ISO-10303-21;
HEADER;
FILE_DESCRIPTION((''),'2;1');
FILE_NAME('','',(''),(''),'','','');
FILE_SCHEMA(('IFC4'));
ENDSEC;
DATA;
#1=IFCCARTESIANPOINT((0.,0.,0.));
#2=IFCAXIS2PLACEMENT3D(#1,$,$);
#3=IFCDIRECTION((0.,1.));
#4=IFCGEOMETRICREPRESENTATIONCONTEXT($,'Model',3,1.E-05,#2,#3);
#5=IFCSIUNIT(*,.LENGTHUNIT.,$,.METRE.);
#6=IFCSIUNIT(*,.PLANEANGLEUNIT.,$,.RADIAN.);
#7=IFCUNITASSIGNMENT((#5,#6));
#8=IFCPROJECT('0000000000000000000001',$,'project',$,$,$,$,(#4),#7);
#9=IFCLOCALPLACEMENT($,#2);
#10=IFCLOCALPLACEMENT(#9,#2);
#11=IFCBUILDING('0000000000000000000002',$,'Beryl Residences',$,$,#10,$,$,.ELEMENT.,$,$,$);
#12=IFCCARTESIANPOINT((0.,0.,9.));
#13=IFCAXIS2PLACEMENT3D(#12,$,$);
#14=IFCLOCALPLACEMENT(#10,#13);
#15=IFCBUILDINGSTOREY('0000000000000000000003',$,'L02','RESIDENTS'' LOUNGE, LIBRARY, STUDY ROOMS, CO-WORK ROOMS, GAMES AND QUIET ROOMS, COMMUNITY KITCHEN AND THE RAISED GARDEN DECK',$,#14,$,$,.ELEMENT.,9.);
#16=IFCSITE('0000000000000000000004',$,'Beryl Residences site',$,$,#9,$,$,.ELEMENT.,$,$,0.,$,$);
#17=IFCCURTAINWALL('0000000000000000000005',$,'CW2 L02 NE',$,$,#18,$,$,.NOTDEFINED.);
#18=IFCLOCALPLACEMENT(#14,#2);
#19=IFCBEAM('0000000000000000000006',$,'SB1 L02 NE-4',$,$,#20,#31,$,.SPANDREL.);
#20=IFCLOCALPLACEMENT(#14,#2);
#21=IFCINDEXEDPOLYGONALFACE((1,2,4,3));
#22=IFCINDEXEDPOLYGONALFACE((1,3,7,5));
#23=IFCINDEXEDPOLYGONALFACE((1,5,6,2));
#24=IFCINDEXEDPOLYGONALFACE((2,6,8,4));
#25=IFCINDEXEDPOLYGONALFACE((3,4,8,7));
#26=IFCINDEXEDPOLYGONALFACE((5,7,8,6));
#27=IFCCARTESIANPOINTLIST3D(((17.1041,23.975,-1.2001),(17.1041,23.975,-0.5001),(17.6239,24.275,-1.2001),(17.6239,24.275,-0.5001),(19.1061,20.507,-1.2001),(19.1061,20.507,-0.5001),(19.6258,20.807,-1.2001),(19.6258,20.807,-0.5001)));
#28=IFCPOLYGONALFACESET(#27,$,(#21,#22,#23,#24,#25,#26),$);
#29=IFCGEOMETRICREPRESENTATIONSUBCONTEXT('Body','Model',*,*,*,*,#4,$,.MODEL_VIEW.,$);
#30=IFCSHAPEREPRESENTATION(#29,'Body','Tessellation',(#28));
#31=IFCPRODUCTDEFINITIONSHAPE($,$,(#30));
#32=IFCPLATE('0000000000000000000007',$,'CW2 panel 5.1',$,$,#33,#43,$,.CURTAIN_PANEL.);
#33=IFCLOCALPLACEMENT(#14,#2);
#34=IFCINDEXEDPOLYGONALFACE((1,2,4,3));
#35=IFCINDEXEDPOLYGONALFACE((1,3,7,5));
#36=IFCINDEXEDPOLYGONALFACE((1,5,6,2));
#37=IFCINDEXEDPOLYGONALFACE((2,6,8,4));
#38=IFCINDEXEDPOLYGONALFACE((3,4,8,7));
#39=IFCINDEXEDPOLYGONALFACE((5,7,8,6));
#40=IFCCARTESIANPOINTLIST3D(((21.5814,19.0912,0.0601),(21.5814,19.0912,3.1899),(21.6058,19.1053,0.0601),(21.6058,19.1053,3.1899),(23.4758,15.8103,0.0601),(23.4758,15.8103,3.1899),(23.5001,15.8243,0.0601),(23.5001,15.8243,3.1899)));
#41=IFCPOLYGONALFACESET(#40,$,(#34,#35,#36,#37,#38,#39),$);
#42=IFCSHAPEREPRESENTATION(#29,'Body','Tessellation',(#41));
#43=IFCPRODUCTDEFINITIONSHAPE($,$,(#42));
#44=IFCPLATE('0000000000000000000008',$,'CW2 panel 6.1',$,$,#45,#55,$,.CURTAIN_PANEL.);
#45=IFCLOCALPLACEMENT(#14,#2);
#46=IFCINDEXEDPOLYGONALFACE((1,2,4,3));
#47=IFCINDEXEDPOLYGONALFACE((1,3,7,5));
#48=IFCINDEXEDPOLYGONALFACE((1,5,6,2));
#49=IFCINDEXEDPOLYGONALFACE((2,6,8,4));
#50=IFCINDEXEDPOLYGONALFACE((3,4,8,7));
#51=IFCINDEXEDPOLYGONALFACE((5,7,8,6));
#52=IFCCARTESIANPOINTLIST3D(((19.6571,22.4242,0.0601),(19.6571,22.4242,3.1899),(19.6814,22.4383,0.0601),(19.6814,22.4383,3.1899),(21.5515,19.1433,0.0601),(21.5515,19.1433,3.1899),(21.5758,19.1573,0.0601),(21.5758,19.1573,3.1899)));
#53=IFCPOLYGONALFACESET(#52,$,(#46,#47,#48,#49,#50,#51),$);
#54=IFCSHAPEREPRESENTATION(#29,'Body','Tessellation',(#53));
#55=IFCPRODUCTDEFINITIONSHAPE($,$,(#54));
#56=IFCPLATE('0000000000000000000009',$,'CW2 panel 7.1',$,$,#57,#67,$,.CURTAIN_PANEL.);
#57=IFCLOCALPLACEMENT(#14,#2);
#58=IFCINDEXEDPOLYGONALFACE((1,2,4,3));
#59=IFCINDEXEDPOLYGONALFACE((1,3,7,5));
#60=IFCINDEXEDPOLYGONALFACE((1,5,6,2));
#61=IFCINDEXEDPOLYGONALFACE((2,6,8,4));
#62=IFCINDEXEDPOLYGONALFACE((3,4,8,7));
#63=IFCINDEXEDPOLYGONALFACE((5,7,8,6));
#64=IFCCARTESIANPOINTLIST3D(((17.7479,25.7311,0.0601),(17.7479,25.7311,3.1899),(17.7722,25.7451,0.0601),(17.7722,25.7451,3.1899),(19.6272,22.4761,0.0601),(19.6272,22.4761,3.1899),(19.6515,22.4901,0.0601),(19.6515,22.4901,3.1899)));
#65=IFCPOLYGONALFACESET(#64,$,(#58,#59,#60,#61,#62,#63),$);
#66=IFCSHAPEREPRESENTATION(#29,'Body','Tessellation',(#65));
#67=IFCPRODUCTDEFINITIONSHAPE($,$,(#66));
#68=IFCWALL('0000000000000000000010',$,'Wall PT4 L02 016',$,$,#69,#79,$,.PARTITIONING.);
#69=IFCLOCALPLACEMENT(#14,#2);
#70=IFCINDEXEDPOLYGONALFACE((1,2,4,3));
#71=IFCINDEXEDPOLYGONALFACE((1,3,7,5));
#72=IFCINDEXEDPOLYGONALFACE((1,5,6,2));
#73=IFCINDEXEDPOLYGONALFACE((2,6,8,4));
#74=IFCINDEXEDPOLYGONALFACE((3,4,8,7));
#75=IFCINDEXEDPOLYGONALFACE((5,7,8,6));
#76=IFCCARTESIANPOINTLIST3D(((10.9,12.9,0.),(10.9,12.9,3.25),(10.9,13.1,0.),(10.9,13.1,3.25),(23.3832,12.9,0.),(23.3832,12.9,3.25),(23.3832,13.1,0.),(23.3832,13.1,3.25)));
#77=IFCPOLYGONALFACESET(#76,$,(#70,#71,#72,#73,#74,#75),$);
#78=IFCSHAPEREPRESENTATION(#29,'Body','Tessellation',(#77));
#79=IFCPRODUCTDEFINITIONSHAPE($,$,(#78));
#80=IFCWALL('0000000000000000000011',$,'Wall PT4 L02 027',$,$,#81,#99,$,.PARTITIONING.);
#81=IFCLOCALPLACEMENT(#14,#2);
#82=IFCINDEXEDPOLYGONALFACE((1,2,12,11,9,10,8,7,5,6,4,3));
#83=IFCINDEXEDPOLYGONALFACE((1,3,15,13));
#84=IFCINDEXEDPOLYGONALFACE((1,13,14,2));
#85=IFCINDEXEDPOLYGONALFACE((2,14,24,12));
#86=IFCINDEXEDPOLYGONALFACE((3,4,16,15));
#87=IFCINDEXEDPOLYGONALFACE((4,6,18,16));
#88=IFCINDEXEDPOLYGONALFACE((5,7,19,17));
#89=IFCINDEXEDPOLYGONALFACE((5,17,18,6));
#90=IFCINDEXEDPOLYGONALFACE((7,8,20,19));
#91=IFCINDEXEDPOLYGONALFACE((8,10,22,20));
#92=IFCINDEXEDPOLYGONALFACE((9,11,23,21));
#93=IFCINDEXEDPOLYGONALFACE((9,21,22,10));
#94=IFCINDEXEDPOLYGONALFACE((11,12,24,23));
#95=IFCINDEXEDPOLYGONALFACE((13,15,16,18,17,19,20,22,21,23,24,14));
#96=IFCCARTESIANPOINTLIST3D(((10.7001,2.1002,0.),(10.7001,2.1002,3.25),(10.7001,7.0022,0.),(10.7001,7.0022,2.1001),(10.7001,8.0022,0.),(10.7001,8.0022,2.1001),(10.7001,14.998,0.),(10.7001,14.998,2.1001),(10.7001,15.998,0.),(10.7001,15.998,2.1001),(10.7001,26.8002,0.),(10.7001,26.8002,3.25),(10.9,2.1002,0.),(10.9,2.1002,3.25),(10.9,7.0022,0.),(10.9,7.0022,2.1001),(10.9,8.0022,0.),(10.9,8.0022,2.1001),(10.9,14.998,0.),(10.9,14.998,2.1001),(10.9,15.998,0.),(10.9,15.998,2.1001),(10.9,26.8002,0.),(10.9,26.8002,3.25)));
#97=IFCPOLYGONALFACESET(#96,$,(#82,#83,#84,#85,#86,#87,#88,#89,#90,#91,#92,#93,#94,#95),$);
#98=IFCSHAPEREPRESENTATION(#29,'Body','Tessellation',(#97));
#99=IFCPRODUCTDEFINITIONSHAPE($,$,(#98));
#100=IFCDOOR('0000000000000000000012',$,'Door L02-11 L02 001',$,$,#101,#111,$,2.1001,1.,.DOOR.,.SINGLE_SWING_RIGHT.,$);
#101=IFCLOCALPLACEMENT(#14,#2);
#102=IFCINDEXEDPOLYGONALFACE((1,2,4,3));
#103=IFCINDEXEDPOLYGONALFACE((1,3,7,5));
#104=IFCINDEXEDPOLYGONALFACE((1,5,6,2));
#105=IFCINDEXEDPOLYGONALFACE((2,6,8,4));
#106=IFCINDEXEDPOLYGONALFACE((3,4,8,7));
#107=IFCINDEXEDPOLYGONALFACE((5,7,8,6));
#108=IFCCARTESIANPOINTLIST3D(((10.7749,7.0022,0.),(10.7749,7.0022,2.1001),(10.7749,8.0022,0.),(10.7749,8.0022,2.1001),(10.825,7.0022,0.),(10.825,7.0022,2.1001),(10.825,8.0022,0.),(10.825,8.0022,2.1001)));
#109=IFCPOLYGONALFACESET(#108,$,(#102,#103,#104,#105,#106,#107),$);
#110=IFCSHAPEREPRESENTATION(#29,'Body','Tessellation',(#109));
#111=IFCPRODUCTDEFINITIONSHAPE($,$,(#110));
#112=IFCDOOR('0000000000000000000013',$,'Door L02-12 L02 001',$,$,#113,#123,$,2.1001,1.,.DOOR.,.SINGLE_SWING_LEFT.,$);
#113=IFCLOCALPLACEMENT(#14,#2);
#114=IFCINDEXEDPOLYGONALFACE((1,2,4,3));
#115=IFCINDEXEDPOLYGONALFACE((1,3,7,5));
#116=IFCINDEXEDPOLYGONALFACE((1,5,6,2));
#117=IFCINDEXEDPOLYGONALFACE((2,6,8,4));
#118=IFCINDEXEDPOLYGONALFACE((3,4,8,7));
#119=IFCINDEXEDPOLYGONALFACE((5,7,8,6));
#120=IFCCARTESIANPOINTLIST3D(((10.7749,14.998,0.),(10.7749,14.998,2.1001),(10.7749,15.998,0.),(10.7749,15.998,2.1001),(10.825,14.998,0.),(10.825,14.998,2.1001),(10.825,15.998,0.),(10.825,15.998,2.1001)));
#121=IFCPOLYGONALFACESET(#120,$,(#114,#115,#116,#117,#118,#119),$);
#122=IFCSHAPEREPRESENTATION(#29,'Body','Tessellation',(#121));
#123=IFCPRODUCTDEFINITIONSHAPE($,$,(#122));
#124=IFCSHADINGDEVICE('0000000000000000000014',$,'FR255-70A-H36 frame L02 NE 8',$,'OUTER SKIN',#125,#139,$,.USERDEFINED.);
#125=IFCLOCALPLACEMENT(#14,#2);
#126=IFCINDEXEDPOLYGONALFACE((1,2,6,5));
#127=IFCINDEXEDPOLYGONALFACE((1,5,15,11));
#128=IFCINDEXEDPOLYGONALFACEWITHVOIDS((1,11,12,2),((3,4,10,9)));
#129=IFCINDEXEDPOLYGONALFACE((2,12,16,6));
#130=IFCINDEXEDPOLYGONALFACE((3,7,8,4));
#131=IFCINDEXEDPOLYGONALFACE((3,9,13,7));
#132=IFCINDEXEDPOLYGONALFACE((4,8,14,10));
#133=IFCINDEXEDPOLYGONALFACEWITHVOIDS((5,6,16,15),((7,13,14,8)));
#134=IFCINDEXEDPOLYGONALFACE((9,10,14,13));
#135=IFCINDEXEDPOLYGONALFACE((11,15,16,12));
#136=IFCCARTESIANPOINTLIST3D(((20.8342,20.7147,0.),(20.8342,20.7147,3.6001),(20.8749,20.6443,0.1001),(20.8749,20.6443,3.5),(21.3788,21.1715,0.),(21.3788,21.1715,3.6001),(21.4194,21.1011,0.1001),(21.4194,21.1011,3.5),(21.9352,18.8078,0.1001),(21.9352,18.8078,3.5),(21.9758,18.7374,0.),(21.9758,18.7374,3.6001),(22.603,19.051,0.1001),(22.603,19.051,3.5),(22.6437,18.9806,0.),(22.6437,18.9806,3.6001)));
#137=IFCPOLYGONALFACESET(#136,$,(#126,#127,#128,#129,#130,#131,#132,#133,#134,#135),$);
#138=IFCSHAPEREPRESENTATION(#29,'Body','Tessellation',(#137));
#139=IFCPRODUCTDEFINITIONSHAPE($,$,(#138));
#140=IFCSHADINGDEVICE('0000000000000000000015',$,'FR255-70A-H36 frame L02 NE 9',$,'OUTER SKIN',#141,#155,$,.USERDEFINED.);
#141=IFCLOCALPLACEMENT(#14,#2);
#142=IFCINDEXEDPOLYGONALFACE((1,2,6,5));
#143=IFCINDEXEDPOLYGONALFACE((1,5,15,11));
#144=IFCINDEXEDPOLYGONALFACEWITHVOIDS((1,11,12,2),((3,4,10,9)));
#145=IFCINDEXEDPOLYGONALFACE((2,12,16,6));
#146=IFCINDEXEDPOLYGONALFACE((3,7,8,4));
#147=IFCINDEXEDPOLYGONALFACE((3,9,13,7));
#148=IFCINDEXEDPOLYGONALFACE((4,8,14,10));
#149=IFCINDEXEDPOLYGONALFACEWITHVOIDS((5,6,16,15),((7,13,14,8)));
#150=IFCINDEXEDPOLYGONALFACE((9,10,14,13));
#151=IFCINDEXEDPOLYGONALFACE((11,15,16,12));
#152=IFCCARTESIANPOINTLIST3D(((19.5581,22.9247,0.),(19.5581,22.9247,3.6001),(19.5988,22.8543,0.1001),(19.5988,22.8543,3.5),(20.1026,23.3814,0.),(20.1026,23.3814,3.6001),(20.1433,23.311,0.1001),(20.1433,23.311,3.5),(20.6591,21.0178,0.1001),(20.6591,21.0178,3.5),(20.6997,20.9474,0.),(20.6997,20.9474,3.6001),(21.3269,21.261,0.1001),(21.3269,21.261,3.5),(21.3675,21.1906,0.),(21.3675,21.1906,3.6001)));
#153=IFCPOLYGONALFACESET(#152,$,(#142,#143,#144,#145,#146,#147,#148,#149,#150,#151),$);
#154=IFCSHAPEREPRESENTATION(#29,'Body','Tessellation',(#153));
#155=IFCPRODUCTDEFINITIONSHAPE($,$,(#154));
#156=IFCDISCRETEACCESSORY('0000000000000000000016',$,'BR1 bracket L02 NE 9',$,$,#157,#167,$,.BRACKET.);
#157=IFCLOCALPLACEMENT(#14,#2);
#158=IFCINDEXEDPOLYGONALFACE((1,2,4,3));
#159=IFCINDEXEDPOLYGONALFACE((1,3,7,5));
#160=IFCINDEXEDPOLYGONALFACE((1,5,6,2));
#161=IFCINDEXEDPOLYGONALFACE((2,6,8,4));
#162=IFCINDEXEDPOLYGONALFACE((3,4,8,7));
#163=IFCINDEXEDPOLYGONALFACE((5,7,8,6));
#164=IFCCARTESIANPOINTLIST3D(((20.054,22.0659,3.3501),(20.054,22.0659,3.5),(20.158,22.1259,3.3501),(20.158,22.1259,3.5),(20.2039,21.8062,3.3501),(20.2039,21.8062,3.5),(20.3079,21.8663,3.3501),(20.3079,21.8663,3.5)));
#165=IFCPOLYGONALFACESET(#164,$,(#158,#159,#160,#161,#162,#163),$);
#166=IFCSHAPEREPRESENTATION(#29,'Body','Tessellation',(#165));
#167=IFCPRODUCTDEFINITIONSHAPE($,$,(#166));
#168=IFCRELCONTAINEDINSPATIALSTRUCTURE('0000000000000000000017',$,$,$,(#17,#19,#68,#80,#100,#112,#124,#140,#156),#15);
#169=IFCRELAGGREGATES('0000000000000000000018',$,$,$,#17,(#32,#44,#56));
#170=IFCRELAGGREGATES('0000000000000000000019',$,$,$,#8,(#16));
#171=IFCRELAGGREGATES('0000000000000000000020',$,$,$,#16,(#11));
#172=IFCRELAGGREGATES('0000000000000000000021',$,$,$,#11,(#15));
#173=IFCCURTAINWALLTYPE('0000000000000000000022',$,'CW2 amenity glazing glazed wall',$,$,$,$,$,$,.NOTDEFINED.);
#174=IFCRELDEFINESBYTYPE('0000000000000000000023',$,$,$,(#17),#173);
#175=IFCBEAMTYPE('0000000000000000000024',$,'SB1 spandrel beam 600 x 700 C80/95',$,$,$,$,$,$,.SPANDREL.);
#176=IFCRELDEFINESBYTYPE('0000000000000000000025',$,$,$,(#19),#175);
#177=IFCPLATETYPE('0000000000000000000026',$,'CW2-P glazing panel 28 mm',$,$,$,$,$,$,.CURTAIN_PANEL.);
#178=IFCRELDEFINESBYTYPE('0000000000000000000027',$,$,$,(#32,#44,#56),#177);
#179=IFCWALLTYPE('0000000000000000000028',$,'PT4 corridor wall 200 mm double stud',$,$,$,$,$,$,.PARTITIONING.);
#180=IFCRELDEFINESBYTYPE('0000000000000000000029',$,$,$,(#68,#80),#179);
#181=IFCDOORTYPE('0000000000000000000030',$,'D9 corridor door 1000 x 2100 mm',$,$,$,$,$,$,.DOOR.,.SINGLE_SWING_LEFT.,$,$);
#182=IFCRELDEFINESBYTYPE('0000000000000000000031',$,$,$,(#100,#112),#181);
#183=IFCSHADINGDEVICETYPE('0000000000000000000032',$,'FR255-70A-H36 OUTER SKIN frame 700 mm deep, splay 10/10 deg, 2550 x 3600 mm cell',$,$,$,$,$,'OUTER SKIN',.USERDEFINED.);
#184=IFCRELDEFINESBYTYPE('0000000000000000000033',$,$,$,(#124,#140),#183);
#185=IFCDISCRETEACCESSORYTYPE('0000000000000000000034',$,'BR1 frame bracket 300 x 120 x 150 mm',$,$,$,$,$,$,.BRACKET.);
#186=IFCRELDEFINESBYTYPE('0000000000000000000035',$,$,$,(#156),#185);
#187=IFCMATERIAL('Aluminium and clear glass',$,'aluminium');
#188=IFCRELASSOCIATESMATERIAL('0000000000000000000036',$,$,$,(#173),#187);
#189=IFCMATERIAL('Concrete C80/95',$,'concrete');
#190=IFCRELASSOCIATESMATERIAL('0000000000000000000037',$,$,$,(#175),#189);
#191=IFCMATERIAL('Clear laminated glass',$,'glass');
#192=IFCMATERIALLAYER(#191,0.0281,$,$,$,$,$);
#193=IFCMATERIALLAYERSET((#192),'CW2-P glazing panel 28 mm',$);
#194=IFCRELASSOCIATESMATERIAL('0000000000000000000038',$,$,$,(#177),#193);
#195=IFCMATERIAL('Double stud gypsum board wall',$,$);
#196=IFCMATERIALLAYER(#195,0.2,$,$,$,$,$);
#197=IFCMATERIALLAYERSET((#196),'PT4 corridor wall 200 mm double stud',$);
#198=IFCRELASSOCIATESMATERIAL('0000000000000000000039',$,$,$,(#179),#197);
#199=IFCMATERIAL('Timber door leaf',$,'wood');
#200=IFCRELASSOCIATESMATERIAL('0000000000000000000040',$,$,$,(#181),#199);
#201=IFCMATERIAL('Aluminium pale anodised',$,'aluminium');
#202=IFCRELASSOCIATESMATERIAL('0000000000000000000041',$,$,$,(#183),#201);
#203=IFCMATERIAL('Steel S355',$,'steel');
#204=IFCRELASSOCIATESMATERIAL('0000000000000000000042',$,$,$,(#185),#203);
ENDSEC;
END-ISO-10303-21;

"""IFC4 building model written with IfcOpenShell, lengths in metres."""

from ifc_helpers import new_model, entity, si_unit, direction, frame, frame_2d, origin, origin_2d, place, context, subcontext, project, spatial, polyline, rectangle, outline, extrude, source, transform, mapped, material, layer, layer_set, material_profile, profile_set, type_object, type_shapes, element, fill, aggregate, save


model = new_model("IFC4")

# Units and contexts
model_context = context("Model", 3, precision=1e-05, world=origin(), true_north=direction((0.0, 1.0)))
body_context = subcontext(model_context, "Body", "Model", "MODEL_VIEW")
ifc_project = project(units=[si_unit("LENGTHUNIT", "METRE"), si_unit("PLANEANGLEUNIT", "RADIAN")], contexts=[model_context])

# Site, building, storey
site_placement = place(None, origin())
site = spatial("IfcSite", under=ifc_project, at=site_placement, Name="Beryl Residences site", CompositionType="ELEMENT", RefElevation=0.0)
building_placement = place(site_placement, origin())
building = spatial("IfcBuilding", under=site, at=building_placement, Name="Beryl Residences", CompositionType="ELEMENT")
storey_placement = place(building_placement, frame((0.0, 0.0, 9.0)))
storey = spatial("IfcBuildingStorey", under=building, at=storey_placement, Name="L02", Description="RESIDENTS' LOUNGE, LIBRARY, STUDY ROOMS, CO-WORK ROOMS, GAMES AND QUIET ROOMS, COMMUNITY KITCHEN AND THE RAISED GARDEN DECK", CompositionType="ELEMENT", Elevation=9.0)

# Curtain wall
ifc_material_1 = material(Name="Aluminium and clear glass", Category="aluminium")
curtain_wall_type = type_object("IfcCurtainWallType", Name="CW2 amenity glazing glazed wall", PredefinedType="NOTDEFINED", material=ifc_material_1)
curtain_wall_placement = place(storey_placement, origin())
curtain_wall = element("IfcCurtainWall", 1, at=curtain_wall_placement, inside=storey, type_object=curtain_wall_type, Name="CW2 L02 NE", PredefinedType="NOTDEFINED")

# Beam
ifc_material_2 = material(Name="Concrete C80/95", Category="concrete")
ifc_material_profile_1 = material_profile(ifc_material_2, rectangle(XDim=0.6001, YDim=0.7, at=origin_2d()))
ifc_profile_set_1 = profile_set([ifc_material_profile_1], Name="Concrete C80/95")
beam_type = type_object("IfcBeamType", Name="SB1 spandrel beam 600 x 700 C80/95", PredefinedType="SPANDREL", material=ifc_profile_set_1)
for number, where, z_axis, x_axis, name in (
    (2, (19.366, 20.657, -0.8501), (-0.499942, 0.866059, 0.0), (-0.866059, -0.499942, 0.0), "SB1 L02 NE-4"),
):
    element("IfcBeam", number, at=place(storey_placement, frame(where, z_axis=z_axis, x_axis=x_axis)), inside=storey, type_object=beam_type, Name=name, PredefinedType="SPANDREL", context=body_context, shape_type="SweptSolid", body=[
        extrude(rectangle(XDim=0.6001, YDim=0.7, at=origin_2d()), origin(), (0.0, 0.0, 1.0), 4.0044),
    ])

# Plates
ifc_material_3 = material(Name="Clear laminated glass", Category="glass")
ifc_layer_1 = layer(ifc_material_3, 0.0281)
ifc_layer_set_1 = layer_set([ifc_layer_1], Name="CW2-P glazing panel 28 mm")
plate_type = type_object("IfcPlateType", Name="CW2-P glazing panel 28 mm", PredefinedType="CURTAIN_PANEL", material=ifc_layer_set_1)
plate_1_placement = place(storey_placement, frame((22.5408, 17.4578, 0.0601), z_axis=(0.0, 0.0, 1.0), x_axis=(-0.500012, 0.866019, 0.0)))
plate_1 = element("IfcPlate", 3, at=plate_1_placement, type_object=plate_type, Name="CW2 panel 5.1", PredefinedType="CURTAIN_PANEL", context=body_context, shape_type="SweptSolid", body=[
    extrude(rectangle(XDim=3.7886, YDim=0.0281, at=origin_2d()), origin(), (0.0, 0.0, 1.0), 3.1299),
])
plate_2_placement = place(storey_placement, frame((20.6165, 20.7908, 0.0601), z_axis=(0.0, 0.0, 1.0), x_axis=(-0.500012, 0.866019, 0.0)))
plate_2 = element("IfcPlate", 4, at=plate_2_placement, type_object=plate_type, Name="CW2 panel 6.1", PredefinedType="CURTAIN_PANEL", context=body_context, shape_type="SweptSolid", body=[
    extrude(rectangle(XDim=3.7886, YDim=0.0281, at=origin_2d()), origin(), (0.0, 0.0, 1.0), 3.1299),
])
plate_3_placement = place(storey_placement, frame((18.6997, 24.1106, 0.0601), z_axis=(0.0, 0.0, 1.0), x_axis=(-0.500012, 0.866019, 0.0)))
plate_3 = element("IfcPlate", 5, at=plate_3_placement, type_object=plate_type, Name="CW2 panel 7.1", PredefinedType="CURTAIN_PANEL", context=body_context, shape_type="SweptSolid", body=[
    extrude(rectangle(XDim=3.7585, YDim=0.0281, at=origin_2d()), origin(), (0.0, 0.0, 1.0), 3.1299),
])
aggregate(curtain_wall, [plate_1, plate_2, plate_3])

# Wall
ifc_material_4 = material(Name="Double stud gypsum board wall")
ifc_layer_2 = layer(ifc_material_4, 0.2)
ifc_layer_set_2 = layer_set([ifc_layer_2], Name="PT4 corridor wall 200 mm double stud")
wall_type = type_object("IfcWallType", Name="PT4 corridor wall 200 mm double stud", PredefinedType="PARTITIONING", material=ifc_layer_set_2)
wall_1_placement = place(storey_placement, frame((10.8999, 13.0, 0.0), z_axis=(0.0, 0.0, 1.0), x_axis=(1.0, 0.0, 0.0)))
element("IfcWall", 6, at=wall_1_placement, inside=storey, type_object=wall_type, Name="Wall PT4 L02 016", PredefinedType="PARTITIONING", context=body_context, shape_type="SweptSolid", body=[
    extrude(rectangle(XDim=12.4832, YDim=0.2, at=frame_2d((6.2417, 0.0))), origin(), (0.0, 0.0, 1.0), 3.25),
])

# Wall, openings, doors
wall_2_placement = place(storey_placement, frame((10.8, 2.1001, 0.0), z_axis=(0.0, 0.0, 1.0), x_axis=(0.0, 1.0, 0.0)))
wall_2 = element("IfcWall", 7, at=wall_2_placement, inside=storey, type_object=wall_type, Name="Wall PT4 L02 027", PredefinedType="PARTITIONING", context=body_context, shape_type="SweptSolid", body=[
    extrude(rectangle(XDim=24.7, YDim=0.2, at=frame_2d((12.3501, 0.0))), origin(), (0.0, 0.0, 1.0), 3.25),
])
opening_1_placement = place(wall_2_placement, frame((5.9021, 0.0, 0.0), z_axis=(0.0, 0.0, 1.0), x_axis=(-1.0, 0.0, 0.0)))
opening_1 = element("IfcOpeningElement", 8, at=opening_1_placement, cuts=wall_2, PredefinedType="OPENING", context=body_context, shape_type="SweptSolid", body=[
    extrude(rectangle(XDim=1.0, YDim=2.1001, at=frame_2d((0.5, 1.05))), frame((0.0, 0.1099, 0.0), z_axis=(0.0, -1.0, 0.0), x_axis=(1.0, 0.0, 0.0)), (0.0, 0.0, 1.0), 0.22),
])
opening_2_placement = place(wall_2_placement, frame((13.8979, 0.0, 0.0), z_axis=(0.0, 0.0, 1.0), x_axis=(-1.0, 0.0, 0.0)))
opening_2 = element("IfcOpeningElement", 9, at=opening_2_placement, cuts=wall_2, PredefinedType="OPENING", context=body_context, shape_type="SweptSolid", body=[
    extrude(rectangle(XDim=1.0, YDim=2.1001, at=frame_2d((0.5, 1.05))), frame((0.0, 0.1099, 0.0), z_axis=(0.0, -1.0, 0.0), x_axis=(1.0, 0.0, 0.0)), (0.0, 0.0, 1.0), 0.22),
])
ifc_material_5 = material(Name="Timber door leaf", Category="wood")
door_type = type_object("IfcDoorType", Name="D9 corridor door 1000 x 2100 mm", OperationType="SINGLE_SWING_LEFT", PredefinedType="DOOR", material=ifc_material_5)
door_1_placement = place(opening_1_placement, origin())
door_1 = element("IfcDoor", 10, at=door_1_placement, inside=storey, type_object=door_type, Name="Door L02-11 L02 001", OperationType="SINGLE_SWING_RIGHT", OverallHeight=2.1001, OverallWidth=1.0, PredefinedType="DOOR", context=body_context, shape_type="SweptSolid", body=[
    extrude(rectangle(XDim=1.0, YDim=2.1001, at=frame_2d((0.5, 1.05))), frame((0.0, 0.0249, 0.0), z_axis=(0.0, -1.0, 0.0), x_axis=(1.0, 0.0, 0.0)), (0.0, 0.0, 1.0), 0.05),
])
fill(opening_1, door_1)
door_2_placement = place(opening_2_placement, origin())
door_2 = element("IfcDoor", 11, at=door_2_placement, inside=storey, type_object=door_type, Name="Door L02-12 L02 001", OperationType="SINGLE_SWING_LEFT", OverallHeight=2.1001, OverallWidth=1.0, PredefinedType="DOOR", context=body_context, shape_type="SweptSolid", body=[
    extrude(rectangle(XDim=1.0, YDim=2.1001, at=frame_2d((0.5, 1.05))), frame((0.0, 0.0249, 0.0), z_axis=(0.0, -1.0, 0.0), x_axis=(1.0, 0.0, 0.0)), (0.0, 0.0, 1.0), 0.05),
])
fill(opening_2, door_2)

# Shading devices
ifc_material_6 = material(Name="Aluminium pale anodised", Category="aluminium")
shading_device_type = type_object("IfcShadingDeviceType", Name="FR255-70A-H36 OUTER SKIN frame 700 mm deep, splay 10/10 deg, 2550 x 3600 mm cell", ElementType="OUTER SKIN", PredefinedType="USERDEFINED", material=ifc_material_6)
cartesian_point_1 = entity("IfcCartesianPoint", [-1.1416, 0.0])
cartesian_point_2 = entity("IfcCartesianPoint", [-1.0603, 0.1001])
cartesian_point_3 = entity("IfcCartesianPoint", [-1.2649, 0.0])
cartesian_point_4 = entity("IfcCartesianPoint", [-1.1836, 0.1001])
shared_shape_1 = source(origin(), body_context, "Body", "SweptSolid", [
    entity("IfcExtrudedAreaSolidTapered", entity("IfcArbitraryProfileDefWithVoids", "AREA", None, entity("IfcPolyline", [cartesian_point_1, entity("IfcCartesianPoint", [1.1416, 0.0]), entity("IfcCartesianPoint", [1.1416, 3.6001]), entity("IfcCartesianPoint", [-1.1416, 3.6001]), cartesian_point_1]), [entity("IfcPolyline", [cartesian_point_2, entity("IfcCartesianPoint", [1.0603, 0.1001]), entity("IfcCartesianPoint", [1.0603, 3.5]), entity("IfcCartesianPoint", [-1.0603, 3.5]), cartesian_point_2])]), entity("IfcAxis2Placement3D", entity("IfcCartesianPoint", [0.0, 0.0, 0.0]), entity("IfcDirection", [0.0, 1.0, 0.0]), entity("IfcDirection", [-1.0, 0.0, 0.0])), entity("IfcDirection", [0.0, 0.0, 1.0]), 0.7, entity("IfcArbitraryProfileDefWithVoids", "AREA", None, entity("IfcPolyline", [cartesian_point_3, entity("IfcCartesianPoint", [1.2649, 0.0]), entity("IfcCartesianPoint", [1.2649, 3.6001]), entity("IfcCartesianPoint", [-1.2649, 3.6001]), cartesian_point_3]), [entity("IfcPolyline", [cartesian_point_4, entity("IfcCartesianPoint", [1.1836, 0.1001]), entity("IfcCartesianPoint", [1.1836, 3.5]), entity("IfcCartesianPoint", [-1.1836, 3.5]), cartesian_point_4])])),
])
type_shapes(shading_device_type, [shared_shape_1])
for number, where, z_axis, x_axis, name in (
    (12, (21.405, 19.7261, 0.0), (0.0, 0.0, 1.0), (0.5, -0.866025, 0.0), "FR255-70A-H36 frame L02 NE 8"),
    (13, (20.1289, 21.936, 0.0), (0.0, 0.0, 1.0), (0.5, -0.866025, 0.0), "FR255-70A-H36 frame L02 NE 9"),
):
    element("IfcShadingDevice", number, at=place(storey_placement, frame(where, z_axis=z_axis, x_axis=x_axis)), inside=storey, type_object=shading_device_type, Name=name, ObjectType="OUTER SKIN", PredefinedType="USERDEFINED", context=body_context, shape_type="MappedRepresentation", body=[
        mapped(shared_shape_1, transform((0.0, 0.0, 0.0))),
    ])

# Discrete accessory
ifc_material_7 = material(Name="Steel S355", Category="steel")
discrete_accessory_type = type_object("IfcDiscreteAccessoryType", Name="BR1 frame bracket 300 x 120 x 150 mm", PredefinedType="BRACKET", material=ifc_material_7)
shared_shape_2 = source(origin(), body_context, "Body", "SweptSolid", [
    extrude(outline(polyline([(-0.1499, 0.0), (0.1499, 0.0), (0.1499, 0.1201), (-0.1499, 0.1201), (-0.1499, 0.0)])), origin(), (0.0, 0.0, 1.0), 0.1499),
])
type_shapes(discrete_accessory_type, [shared_shape_2])
discrete_accessory_placement = place(storey_placement, frame((20.1289, 21.936, 3.3501), z_axis=(0.0, 0.0, 1.0), x_axis=(0.5, -0.866025, 0.0)))
element("IfcDiscreteAccessory", 14, at=discrete_accessory_placement, inside=storey, type_object=discrete_accessory_type, Name="BR1 bracket L02 NE 9", PredefinedType="BRACKET", context=body_context, shape_type="MappedRepresentation", body=[
    mapped(shared_shape_2, transform((0.0, 0.0, 0.0))),
])

save(model, "model.ifc")
